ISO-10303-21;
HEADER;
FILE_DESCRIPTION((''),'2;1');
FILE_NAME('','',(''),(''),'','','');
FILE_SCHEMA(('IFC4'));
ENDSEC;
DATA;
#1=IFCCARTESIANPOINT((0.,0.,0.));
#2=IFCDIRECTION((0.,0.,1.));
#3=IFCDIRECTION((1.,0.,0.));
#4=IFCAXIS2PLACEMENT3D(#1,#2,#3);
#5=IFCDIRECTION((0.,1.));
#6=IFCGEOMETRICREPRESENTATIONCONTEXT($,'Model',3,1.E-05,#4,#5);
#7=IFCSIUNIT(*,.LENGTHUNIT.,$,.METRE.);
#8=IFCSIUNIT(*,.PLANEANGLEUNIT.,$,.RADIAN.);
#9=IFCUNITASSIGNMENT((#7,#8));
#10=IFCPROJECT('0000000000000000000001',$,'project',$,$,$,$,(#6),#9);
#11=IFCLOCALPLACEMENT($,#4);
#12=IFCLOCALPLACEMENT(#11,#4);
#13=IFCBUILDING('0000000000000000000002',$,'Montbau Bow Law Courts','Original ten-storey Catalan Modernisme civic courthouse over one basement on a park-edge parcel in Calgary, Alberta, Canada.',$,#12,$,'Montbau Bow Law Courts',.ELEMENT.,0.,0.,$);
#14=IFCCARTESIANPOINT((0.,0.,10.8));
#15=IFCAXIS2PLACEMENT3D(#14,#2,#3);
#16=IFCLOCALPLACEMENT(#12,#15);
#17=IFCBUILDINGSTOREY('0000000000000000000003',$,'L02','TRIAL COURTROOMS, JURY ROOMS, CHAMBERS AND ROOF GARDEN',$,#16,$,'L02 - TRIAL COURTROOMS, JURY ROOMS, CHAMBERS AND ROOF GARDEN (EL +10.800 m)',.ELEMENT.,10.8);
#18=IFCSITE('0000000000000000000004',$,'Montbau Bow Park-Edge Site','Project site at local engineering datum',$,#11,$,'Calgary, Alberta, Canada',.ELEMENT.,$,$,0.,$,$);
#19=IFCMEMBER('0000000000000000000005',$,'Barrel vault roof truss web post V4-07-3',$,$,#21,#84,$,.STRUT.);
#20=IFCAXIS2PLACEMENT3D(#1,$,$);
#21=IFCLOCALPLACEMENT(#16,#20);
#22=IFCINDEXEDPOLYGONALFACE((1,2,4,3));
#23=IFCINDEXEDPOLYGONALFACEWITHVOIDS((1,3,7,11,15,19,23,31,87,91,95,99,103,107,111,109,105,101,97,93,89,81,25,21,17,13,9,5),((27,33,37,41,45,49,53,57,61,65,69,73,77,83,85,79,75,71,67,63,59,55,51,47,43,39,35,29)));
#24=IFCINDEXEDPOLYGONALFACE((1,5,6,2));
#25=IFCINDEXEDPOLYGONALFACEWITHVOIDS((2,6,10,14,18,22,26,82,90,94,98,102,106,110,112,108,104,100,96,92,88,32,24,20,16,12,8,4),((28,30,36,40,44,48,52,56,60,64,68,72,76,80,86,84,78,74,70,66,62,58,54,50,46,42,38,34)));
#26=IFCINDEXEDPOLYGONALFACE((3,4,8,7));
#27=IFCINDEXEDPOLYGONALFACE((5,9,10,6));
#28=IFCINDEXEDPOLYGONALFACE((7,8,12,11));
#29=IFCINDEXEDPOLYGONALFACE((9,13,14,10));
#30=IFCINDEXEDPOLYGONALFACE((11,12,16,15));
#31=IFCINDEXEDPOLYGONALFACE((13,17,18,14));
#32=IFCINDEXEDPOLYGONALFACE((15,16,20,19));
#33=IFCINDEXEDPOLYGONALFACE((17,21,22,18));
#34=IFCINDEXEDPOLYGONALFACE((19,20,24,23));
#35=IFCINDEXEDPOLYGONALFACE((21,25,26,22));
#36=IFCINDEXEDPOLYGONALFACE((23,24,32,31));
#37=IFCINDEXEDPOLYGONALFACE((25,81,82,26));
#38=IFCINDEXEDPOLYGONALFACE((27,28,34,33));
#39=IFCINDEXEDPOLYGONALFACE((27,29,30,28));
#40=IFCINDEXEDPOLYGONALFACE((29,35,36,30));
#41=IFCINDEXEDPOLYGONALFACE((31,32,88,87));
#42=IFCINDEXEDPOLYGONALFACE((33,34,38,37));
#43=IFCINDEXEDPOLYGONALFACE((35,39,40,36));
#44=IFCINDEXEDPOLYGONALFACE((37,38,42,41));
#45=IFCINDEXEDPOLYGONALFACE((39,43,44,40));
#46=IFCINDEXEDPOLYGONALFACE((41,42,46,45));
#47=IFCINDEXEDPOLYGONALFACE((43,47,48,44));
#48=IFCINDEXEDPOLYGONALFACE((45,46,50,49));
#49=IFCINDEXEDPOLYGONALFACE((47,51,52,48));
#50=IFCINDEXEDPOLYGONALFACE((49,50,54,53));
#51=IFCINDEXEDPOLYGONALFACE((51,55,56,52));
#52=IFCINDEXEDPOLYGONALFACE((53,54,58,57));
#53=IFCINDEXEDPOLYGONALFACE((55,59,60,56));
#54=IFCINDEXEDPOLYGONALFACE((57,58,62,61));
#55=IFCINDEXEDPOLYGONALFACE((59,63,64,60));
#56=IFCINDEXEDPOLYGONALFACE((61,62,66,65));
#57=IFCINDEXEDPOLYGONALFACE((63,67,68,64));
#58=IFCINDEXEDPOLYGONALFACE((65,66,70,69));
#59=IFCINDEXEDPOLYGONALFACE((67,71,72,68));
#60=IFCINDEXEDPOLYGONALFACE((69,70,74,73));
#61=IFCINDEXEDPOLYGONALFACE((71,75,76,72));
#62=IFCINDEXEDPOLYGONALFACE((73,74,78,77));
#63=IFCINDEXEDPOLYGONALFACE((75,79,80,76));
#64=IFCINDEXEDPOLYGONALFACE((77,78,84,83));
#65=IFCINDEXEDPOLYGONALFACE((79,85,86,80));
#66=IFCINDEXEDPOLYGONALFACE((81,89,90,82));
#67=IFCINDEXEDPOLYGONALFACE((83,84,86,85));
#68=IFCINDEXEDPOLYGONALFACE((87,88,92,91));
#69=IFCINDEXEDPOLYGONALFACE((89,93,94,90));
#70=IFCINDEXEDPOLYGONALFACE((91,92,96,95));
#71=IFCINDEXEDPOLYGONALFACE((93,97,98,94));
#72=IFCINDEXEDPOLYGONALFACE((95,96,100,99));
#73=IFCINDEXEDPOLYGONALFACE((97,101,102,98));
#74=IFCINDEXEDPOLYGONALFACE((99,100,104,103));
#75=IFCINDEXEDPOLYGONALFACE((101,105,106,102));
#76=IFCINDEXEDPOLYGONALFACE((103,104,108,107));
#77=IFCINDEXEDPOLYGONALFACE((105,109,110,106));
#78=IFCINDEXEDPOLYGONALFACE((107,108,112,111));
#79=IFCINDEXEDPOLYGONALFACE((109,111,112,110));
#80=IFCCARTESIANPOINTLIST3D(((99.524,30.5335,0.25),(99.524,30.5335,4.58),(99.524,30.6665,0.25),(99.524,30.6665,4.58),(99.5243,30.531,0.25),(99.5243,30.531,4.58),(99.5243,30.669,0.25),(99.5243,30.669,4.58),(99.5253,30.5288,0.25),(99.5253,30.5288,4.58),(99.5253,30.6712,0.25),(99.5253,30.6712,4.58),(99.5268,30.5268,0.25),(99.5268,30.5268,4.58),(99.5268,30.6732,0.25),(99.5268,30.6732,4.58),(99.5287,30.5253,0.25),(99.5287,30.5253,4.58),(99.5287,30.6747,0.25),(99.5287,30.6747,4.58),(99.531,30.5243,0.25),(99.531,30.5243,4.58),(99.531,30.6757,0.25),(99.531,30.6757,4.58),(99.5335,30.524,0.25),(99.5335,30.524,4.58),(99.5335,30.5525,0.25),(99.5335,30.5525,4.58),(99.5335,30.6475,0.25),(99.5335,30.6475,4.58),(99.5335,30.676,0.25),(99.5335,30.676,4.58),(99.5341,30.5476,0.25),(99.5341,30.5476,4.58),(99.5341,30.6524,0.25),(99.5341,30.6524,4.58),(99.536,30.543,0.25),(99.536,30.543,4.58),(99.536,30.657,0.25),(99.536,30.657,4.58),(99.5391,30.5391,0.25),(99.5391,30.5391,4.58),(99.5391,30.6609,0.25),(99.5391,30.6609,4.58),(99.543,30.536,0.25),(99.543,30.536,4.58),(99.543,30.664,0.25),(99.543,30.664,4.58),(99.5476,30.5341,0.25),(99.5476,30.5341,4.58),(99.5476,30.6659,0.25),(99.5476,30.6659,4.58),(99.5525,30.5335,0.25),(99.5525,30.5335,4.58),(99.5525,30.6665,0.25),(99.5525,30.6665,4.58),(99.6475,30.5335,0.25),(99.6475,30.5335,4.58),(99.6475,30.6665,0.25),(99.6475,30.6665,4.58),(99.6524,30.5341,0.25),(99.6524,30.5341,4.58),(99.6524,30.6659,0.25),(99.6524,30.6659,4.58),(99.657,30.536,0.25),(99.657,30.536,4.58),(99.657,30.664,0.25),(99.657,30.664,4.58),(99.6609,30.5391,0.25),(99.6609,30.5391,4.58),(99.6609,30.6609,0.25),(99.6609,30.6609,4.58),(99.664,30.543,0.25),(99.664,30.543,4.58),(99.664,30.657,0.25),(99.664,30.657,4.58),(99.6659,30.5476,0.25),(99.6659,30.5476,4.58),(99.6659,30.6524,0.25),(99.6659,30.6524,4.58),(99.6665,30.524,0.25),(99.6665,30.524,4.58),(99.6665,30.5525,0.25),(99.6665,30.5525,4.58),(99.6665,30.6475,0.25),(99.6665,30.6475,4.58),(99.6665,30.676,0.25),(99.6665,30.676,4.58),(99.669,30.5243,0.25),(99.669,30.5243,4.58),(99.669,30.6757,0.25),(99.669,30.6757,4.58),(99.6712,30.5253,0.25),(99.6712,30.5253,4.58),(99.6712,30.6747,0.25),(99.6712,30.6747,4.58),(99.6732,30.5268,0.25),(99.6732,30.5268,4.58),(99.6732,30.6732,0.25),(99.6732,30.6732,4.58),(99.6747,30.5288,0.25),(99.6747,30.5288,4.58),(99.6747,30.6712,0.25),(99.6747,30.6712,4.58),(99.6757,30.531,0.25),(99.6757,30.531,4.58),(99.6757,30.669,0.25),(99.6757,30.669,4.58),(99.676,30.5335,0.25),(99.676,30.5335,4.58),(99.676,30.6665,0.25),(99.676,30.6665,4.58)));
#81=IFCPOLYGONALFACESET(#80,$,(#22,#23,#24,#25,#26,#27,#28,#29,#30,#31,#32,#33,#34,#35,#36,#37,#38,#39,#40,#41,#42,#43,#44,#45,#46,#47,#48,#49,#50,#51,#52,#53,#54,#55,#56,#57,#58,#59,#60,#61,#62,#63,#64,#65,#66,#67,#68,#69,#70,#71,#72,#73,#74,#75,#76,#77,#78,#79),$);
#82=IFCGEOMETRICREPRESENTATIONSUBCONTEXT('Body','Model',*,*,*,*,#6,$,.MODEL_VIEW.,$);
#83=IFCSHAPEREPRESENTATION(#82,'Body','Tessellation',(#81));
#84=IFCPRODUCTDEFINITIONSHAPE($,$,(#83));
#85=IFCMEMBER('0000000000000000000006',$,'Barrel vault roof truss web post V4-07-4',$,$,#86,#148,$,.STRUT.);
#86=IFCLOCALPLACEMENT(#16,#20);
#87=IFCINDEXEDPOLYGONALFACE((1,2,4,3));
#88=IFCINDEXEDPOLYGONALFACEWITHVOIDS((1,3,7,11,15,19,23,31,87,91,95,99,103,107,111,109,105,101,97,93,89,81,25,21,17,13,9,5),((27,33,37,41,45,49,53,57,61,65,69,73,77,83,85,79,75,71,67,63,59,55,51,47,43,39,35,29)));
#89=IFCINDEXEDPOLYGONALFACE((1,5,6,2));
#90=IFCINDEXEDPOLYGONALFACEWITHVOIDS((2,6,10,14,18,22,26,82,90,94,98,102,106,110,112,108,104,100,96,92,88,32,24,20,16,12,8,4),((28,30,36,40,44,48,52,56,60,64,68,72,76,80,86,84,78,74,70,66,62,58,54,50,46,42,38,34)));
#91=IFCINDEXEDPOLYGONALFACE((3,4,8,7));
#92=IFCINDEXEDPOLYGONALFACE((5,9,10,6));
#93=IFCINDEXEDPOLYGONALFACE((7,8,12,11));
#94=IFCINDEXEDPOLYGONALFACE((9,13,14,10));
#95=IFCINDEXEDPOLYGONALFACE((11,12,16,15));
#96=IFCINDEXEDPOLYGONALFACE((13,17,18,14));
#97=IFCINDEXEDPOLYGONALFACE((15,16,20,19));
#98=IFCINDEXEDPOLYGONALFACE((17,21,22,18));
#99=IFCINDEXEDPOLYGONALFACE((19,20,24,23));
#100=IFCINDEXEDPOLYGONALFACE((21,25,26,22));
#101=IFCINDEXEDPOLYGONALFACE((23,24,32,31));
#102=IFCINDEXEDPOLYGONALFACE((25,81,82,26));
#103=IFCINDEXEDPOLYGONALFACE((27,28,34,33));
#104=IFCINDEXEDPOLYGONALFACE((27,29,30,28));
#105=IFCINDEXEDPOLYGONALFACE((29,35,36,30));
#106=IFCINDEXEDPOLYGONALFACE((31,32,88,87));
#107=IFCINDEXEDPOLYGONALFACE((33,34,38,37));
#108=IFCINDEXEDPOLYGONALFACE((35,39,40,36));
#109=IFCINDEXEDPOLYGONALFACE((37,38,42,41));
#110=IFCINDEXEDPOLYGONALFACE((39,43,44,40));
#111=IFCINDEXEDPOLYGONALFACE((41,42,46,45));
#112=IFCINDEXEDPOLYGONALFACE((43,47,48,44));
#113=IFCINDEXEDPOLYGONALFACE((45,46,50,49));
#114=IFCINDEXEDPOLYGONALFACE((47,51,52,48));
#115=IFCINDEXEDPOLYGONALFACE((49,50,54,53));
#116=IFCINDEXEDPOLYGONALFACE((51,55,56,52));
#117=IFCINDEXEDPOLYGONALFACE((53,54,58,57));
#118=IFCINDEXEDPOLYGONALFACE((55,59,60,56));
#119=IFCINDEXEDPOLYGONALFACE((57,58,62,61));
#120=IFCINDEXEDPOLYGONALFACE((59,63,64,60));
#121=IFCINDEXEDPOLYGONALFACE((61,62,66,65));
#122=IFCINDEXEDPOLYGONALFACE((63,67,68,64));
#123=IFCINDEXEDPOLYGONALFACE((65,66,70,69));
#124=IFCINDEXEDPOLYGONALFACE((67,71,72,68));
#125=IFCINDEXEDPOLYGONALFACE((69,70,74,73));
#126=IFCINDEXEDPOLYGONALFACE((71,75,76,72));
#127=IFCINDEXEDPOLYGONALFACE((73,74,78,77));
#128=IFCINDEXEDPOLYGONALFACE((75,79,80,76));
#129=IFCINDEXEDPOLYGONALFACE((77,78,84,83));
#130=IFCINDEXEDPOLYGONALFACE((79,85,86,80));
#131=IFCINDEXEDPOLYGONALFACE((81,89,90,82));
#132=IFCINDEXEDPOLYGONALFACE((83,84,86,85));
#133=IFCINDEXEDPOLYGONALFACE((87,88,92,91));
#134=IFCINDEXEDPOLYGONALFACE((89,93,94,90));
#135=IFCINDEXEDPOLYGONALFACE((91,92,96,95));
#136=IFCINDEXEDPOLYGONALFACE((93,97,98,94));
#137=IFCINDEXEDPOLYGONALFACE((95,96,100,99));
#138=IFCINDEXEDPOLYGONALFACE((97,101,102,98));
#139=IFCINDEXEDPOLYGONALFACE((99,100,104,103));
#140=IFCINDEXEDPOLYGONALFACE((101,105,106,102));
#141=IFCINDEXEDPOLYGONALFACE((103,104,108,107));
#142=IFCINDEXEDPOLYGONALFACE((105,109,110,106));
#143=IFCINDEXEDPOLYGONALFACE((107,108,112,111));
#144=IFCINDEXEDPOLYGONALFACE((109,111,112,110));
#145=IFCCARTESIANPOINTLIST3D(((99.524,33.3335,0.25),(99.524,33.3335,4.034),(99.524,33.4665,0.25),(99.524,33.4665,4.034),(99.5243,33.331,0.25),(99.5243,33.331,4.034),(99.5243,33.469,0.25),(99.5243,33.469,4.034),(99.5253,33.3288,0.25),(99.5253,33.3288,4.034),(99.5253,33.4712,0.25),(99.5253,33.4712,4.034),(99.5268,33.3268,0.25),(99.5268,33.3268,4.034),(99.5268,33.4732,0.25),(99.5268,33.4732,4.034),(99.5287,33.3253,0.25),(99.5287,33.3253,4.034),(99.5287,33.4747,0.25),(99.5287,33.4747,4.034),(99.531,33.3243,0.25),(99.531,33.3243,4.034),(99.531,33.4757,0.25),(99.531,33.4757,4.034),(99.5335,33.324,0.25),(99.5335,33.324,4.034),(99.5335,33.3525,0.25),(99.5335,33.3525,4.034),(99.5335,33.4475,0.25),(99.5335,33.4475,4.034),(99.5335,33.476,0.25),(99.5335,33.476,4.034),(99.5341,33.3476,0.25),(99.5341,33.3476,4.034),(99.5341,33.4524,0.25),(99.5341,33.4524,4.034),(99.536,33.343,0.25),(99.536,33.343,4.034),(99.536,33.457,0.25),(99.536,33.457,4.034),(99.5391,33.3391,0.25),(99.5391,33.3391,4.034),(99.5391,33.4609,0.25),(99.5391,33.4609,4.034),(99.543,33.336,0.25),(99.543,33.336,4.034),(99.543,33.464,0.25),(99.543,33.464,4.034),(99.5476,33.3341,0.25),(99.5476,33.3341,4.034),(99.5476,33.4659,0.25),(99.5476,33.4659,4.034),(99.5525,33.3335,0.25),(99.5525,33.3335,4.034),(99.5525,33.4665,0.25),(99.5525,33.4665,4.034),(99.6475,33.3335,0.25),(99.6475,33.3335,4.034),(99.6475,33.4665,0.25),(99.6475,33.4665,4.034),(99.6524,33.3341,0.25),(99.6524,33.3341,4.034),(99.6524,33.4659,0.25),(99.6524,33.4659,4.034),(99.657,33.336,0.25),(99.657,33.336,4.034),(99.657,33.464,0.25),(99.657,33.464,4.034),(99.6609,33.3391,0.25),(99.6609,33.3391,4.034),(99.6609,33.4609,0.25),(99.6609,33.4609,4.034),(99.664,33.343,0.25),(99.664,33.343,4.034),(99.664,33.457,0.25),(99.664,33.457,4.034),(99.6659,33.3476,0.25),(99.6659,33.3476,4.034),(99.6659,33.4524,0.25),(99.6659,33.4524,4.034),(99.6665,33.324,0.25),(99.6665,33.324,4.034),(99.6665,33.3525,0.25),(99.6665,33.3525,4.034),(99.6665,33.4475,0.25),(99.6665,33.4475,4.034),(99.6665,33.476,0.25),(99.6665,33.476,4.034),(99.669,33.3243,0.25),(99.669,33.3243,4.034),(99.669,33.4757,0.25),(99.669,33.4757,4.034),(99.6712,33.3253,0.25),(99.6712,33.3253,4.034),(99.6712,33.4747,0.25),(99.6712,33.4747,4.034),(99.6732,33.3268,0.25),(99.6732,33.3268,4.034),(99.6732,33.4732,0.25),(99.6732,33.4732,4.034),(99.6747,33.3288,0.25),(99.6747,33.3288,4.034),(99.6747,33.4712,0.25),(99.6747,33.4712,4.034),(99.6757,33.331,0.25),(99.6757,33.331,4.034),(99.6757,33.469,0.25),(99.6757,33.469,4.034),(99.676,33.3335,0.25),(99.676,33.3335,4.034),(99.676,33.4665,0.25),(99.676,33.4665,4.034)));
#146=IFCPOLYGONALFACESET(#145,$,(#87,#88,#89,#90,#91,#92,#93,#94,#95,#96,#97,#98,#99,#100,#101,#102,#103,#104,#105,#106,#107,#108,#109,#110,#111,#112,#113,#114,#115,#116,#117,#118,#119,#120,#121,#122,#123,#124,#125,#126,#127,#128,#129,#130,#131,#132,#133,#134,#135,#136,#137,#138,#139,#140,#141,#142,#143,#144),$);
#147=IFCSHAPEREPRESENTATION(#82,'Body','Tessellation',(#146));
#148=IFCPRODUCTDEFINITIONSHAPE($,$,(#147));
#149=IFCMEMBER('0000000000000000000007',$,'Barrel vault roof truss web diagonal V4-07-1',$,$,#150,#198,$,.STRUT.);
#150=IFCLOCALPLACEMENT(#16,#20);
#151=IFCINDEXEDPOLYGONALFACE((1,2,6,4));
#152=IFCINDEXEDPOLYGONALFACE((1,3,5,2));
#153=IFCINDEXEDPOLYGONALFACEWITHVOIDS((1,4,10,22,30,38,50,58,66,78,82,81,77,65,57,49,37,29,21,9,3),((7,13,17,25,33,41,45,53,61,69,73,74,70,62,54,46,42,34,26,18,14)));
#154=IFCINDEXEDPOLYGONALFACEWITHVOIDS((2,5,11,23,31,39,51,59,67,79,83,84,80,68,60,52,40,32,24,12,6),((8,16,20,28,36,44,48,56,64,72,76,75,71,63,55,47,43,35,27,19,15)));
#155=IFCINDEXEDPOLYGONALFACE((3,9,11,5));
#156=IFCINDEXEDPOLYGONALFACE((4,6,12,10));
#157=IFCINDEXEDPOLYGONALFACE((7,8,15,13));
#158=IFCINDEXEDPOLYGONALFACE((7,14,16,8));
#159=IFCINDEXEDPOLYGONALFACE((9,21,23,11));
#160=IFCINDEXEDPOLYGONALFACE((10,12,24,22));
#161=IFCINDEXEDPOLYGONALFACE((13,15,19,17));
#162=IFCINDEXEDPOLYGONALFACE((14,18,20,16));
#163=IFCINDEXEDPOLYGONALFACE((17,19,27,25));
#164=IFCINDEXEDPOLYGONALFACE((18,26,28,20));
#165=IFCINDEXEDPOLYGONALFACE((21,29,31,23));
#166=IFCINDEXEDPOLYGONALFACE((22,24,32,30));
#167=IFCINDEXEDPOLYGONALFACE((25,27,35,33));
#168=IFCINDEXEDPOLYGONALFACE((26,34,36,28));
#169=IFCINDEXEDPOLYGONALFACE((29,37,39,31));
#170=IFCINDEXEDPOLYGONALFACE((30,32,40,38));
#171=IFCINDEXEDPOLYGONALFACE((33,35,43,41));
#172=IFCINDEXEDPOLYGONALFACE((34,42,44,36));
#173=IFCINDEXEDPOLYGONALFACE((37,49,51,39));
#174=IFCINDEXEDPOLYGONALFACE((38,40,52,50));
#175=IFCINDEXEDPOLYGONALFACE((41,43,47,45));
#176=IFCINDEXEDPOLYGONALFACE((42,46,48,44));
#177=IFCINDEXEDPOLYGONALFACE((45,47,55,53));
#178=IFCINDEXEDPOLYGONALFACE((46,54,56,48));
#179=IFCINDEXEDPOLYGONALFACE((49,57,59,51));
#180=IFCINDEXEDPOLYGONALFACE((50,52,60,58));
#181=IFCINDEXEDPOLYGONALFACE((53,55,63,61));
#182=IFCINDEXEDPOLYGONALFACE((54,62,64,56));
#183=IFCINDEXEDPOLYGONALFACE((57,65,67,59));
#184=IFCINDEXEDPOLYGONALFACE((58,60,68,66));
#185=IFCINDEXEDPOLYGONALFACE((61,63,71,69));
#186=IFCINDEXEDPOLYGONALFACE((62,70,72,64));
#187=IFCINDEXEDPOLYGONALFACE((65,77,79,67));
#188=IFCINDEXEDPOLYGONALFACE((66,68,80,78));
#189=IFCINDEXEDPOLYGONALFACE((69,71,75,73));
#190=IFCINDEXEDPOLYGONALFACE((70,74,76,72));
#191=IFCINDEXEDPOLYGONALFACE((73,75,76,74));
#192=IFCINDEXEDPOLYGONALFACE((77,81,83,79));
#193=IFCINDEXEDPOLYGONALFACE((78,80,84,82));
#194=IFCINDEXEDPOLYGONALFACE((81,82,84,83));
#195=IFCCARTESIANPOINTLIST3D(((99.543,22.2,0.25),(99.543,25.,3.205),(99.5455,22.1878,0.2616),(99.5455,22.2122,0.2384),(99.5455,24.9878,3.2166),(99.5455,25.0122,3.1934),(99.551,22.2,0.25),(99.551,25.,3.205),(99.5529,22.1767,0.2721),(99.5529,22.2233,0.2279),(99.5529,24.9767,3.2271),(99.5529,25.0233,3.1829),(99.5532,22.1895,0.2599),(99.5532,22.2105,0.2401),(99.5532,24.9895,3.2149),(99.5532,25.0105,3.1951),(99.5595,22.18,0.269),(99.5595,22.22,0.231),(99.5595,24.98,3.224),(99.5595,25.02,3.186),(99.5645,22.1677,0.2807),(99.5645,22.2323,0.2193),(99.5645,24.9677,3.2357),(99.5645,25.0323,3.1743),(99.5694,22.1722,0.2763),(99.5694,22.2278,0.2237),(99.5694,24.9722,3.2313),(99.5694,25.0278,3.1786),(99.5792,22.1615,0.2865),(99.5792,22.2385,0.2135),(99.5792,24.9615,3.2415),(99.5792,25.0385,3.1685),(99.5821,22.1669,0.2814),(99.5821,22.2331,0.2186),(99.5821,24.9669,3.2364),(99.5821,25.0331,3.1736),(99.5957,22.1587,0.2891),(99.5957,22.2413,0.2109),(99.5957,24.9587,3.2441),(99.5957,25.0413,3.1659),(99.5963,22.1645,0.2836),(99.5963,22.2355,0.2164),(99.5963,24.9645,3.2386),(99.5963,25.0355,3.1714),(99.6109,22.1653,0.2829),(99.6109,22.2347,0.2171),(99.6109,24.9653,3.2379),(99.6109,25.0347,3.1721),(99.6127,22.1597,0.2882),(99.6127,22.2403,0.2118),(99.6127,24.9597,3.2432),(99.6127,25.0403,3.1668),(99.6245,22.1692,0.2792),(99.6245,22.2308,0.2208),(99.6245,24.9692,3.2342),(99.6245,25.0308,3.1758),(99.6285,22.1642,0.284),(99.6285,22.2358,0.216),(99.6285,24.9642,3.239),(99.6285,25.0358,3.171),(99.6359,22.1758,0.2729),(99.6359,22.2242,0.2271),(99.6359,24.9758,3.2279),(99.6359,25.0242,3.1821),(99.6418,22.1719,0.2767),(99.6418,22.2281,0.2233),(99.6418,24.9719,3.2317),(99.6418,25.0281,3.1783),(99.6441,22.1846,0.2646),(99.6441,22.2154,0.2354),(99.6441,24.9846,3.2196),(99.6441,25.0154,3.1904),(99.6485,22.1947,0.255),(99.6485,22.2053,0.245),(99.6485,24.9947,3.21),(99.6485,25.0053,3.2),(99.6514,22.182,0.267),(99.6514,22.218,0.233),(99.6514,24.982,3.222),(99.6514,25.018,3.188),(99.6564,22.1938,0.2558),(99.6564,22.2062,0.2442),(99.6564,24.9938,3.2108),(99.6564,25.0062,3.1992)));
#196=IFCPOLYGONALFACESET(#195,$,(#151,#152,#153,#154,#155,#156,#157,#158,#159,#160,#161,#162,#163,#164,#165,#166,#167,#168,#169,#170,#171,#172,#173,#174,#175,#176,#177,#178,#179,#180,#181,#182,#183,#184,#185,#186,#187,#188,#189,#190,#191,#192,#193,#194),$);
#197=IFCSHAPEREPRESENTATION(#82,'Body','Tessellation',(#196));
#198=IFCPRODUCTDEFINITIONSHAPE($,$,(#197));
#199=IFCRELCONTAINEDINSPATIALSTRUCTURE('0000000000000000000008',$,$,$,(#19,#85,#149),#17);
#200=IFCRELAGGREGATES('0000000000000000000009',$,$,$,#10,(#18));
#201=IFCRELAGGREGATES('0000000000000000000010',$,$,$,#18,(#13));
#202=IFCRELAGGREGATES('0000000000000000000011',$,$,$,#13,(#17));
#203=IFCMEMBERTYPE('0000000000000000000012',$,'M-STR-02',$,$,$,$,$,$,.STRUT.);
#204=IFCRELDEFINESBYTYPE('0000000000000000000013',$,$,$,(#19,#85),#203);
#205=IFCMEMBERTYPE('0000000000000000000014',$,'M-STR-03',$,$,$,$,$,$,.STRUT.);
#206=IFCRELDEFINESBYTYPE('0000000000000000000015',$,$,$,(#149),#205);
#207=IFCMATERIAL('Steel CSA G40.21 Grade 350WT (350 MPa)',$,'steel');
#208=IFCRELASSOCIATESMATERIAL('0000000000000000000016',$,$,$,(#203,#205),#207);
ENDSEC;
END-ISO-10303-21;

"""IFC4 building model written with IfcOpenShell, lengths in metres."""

from ifc_helpers import new_model, si_unit, direction, frame, origin_with_axes, origin_2d_with_axis, place, context, subcontext, project, spatial, hollow_rectangle, hollow_circle, extrude, material, material_profile, profile_set, type_object, element, save


model = new_model("IFC4")

# Units and contexts
model_context = context("Model", 3, precision=1e-05, world=origin_with_axes(), true_north=direction((0.0, 1.0)))
body_context = subcontext(model_context, "Body", "Model", "MODEL_VIEW")
ifc_project = project(units=[si_unit("LENGTHUNIT", "METRE"), si_unit("PLANEANGLEUNIT", "RADIAN")], contexts=[model_context])

# Site, building, storey
site_placement = place(None, origin_with_axes())
site = spatial("IfcSite", under=ifc_project, at=site_placement, Name="Montbau Bow Park-Edge Site", Description="Project site at local engineering datum", LongName="Calgary, Alberta, Canada", CompositionType="ELEMENT", RefElevation=0.0)
building_placement = place(site_placement, origin_with_axes())
building = spatial("IfcBuilding", under=site, at=building_placement, Name="Montbau Bow Law Courts", Description="Original ten-storey Catalan Modernisme civic courthouse over one basement on a park-edge parcel in Calgary, Alberta, Canada.", LongName="Montbau Bow Law Courts", CompositionType="ELEMENT", ElevationOfRefHeight=0.0, ElevationOfTerrain=0.0)
storey_placement = place(building_placement, frame((0.0, 0.0, 10.8), z_axis=(0.0, 0.0, 1.0), x_axis=(1.0, 0.0, 0.0)))
storey = spatial("IfcBuildingStorey", under=building, at=storey_placement, Name="L02", Description="TRIAL COURTROOMS, JURY ROOMS, CHAMBERS AND ROOF GARDEN", LongName="L02 - TRIAL COURTROOMS, JURY ROOMS, CHAMBERS AND ROOF GARDEN (EL +10.800 m)", CompositionType="ELEMENT", Elevation=10.8)

# Shared definitions
ifc_material_1 = material(Name="Steel CSA G40.21 Grade 350WT (350 MPa)", Category="steel")

# Members
ifc_material_profile_1 = material_profile(ifc_material_1, hollow_rectangle(XDim=0.152, YDim=0.152, WallThickness=0.0095, InnerFilletRadius=0.019, OuterFilletRadius=0.0095, at=origin_2d_with_axis()), Name="HSS152X152X9.5", Category="Main", Priority=0)
ifc_profile_set_1 = profile_set([ifc_material_profile_1], Name="Steel CSA G40.21 Grade 350WT (350 MPa)")
member_type_1 = type_object("IfcMemberType", Name="M-STR-02", PredefinedType="STRUT", material=ifc_profile_set_1)
member_1_placement = place(None, frame((99.6, 30.6, 11.05), z_axis=(0.0, 0.0, 1.0), x_axis=(1.0, 0.0, 0.0)))
element("IfcMember", 1, at=member_1_placement, inside=storey, type_object=member_type_1, Name="Barrel vault roof truss web post V4-07-3", PredefinedType="STRUT", context=body_context, shape_type="SweptSolid", body=[
    extrude(hollow_rectangle(XDim=0.152, YDim=0.152, WallThickness=0.0095, InnerFilletRadius=0.019, OuterFilletRadius=0.0095, at=origin_2d_with_axis()), origin_with_axes(), (0.0, 0.0, 1.0), 4.33),
])
member_2_placement = place(None, frame((99.6, 33.4, 11.05), z_axis=(0.0, 0.0, 1.0), x_axis=(1.0, 0.0, 0.0)))
element("IfcMember", 2, at=member_2_placement, inside=storey, type_object=member_type_1, Name="Barrel vault roof truss web post V4-07-4", PredefinedType="STRUT", context=body_context, shape_type="SweptSolid", body=[
    extrude(hollow_rectangle(XDim=0.152, YDim=0.152, WallThickness=0.0095, InnerFilletRadius=0.019, OuterFilletRadius=0.0095, at=origin_2d_with_axis()), origin_with_axes(), (0.0, 0.0, 1.0), 3.784),
])
ifc_material_profile_2 = material_profile(ifc_material_1, hollow_circle(Radius=0.057, WallThickness=0.008, at=origin_2d_with_axis()), Name="HSS114X8.0", Category="Main", Priority=0)
ifc_profile_set_2 = profile_set([ifc_material_profile_2], Name="Steel CSA G40.21 Grade 350WT (350 MPa)")
member_type_2 = type_object("IfcMemberType", Name="M-STR-03", PredefinedType="STRUT", material=ifc_profile_set_2)
member_3_placement = place(None, frame((99.6, 22.2, 11.05), z_axis=(0.0, 0.687813, 0.725888), x_axis=(-1.0, 0.0, 0.0)))
element("IfcMember", 3, at=member_3_placement, inside=storey, type_object=member_type_2, Name="Barrel vault roof truss web diagonal V4-07-1", PredefinedType="STRUT", context=body_context, shape_type="SweptSolid", body=[
    extrude(hollow_circle(Radius=0.057, WallThickness=0.008, at=origin_2d_with_axis()), origin_with_axes(), (0.0, 0.0, 1.0), 4.0709),
])

save(model, "model.ifc")
